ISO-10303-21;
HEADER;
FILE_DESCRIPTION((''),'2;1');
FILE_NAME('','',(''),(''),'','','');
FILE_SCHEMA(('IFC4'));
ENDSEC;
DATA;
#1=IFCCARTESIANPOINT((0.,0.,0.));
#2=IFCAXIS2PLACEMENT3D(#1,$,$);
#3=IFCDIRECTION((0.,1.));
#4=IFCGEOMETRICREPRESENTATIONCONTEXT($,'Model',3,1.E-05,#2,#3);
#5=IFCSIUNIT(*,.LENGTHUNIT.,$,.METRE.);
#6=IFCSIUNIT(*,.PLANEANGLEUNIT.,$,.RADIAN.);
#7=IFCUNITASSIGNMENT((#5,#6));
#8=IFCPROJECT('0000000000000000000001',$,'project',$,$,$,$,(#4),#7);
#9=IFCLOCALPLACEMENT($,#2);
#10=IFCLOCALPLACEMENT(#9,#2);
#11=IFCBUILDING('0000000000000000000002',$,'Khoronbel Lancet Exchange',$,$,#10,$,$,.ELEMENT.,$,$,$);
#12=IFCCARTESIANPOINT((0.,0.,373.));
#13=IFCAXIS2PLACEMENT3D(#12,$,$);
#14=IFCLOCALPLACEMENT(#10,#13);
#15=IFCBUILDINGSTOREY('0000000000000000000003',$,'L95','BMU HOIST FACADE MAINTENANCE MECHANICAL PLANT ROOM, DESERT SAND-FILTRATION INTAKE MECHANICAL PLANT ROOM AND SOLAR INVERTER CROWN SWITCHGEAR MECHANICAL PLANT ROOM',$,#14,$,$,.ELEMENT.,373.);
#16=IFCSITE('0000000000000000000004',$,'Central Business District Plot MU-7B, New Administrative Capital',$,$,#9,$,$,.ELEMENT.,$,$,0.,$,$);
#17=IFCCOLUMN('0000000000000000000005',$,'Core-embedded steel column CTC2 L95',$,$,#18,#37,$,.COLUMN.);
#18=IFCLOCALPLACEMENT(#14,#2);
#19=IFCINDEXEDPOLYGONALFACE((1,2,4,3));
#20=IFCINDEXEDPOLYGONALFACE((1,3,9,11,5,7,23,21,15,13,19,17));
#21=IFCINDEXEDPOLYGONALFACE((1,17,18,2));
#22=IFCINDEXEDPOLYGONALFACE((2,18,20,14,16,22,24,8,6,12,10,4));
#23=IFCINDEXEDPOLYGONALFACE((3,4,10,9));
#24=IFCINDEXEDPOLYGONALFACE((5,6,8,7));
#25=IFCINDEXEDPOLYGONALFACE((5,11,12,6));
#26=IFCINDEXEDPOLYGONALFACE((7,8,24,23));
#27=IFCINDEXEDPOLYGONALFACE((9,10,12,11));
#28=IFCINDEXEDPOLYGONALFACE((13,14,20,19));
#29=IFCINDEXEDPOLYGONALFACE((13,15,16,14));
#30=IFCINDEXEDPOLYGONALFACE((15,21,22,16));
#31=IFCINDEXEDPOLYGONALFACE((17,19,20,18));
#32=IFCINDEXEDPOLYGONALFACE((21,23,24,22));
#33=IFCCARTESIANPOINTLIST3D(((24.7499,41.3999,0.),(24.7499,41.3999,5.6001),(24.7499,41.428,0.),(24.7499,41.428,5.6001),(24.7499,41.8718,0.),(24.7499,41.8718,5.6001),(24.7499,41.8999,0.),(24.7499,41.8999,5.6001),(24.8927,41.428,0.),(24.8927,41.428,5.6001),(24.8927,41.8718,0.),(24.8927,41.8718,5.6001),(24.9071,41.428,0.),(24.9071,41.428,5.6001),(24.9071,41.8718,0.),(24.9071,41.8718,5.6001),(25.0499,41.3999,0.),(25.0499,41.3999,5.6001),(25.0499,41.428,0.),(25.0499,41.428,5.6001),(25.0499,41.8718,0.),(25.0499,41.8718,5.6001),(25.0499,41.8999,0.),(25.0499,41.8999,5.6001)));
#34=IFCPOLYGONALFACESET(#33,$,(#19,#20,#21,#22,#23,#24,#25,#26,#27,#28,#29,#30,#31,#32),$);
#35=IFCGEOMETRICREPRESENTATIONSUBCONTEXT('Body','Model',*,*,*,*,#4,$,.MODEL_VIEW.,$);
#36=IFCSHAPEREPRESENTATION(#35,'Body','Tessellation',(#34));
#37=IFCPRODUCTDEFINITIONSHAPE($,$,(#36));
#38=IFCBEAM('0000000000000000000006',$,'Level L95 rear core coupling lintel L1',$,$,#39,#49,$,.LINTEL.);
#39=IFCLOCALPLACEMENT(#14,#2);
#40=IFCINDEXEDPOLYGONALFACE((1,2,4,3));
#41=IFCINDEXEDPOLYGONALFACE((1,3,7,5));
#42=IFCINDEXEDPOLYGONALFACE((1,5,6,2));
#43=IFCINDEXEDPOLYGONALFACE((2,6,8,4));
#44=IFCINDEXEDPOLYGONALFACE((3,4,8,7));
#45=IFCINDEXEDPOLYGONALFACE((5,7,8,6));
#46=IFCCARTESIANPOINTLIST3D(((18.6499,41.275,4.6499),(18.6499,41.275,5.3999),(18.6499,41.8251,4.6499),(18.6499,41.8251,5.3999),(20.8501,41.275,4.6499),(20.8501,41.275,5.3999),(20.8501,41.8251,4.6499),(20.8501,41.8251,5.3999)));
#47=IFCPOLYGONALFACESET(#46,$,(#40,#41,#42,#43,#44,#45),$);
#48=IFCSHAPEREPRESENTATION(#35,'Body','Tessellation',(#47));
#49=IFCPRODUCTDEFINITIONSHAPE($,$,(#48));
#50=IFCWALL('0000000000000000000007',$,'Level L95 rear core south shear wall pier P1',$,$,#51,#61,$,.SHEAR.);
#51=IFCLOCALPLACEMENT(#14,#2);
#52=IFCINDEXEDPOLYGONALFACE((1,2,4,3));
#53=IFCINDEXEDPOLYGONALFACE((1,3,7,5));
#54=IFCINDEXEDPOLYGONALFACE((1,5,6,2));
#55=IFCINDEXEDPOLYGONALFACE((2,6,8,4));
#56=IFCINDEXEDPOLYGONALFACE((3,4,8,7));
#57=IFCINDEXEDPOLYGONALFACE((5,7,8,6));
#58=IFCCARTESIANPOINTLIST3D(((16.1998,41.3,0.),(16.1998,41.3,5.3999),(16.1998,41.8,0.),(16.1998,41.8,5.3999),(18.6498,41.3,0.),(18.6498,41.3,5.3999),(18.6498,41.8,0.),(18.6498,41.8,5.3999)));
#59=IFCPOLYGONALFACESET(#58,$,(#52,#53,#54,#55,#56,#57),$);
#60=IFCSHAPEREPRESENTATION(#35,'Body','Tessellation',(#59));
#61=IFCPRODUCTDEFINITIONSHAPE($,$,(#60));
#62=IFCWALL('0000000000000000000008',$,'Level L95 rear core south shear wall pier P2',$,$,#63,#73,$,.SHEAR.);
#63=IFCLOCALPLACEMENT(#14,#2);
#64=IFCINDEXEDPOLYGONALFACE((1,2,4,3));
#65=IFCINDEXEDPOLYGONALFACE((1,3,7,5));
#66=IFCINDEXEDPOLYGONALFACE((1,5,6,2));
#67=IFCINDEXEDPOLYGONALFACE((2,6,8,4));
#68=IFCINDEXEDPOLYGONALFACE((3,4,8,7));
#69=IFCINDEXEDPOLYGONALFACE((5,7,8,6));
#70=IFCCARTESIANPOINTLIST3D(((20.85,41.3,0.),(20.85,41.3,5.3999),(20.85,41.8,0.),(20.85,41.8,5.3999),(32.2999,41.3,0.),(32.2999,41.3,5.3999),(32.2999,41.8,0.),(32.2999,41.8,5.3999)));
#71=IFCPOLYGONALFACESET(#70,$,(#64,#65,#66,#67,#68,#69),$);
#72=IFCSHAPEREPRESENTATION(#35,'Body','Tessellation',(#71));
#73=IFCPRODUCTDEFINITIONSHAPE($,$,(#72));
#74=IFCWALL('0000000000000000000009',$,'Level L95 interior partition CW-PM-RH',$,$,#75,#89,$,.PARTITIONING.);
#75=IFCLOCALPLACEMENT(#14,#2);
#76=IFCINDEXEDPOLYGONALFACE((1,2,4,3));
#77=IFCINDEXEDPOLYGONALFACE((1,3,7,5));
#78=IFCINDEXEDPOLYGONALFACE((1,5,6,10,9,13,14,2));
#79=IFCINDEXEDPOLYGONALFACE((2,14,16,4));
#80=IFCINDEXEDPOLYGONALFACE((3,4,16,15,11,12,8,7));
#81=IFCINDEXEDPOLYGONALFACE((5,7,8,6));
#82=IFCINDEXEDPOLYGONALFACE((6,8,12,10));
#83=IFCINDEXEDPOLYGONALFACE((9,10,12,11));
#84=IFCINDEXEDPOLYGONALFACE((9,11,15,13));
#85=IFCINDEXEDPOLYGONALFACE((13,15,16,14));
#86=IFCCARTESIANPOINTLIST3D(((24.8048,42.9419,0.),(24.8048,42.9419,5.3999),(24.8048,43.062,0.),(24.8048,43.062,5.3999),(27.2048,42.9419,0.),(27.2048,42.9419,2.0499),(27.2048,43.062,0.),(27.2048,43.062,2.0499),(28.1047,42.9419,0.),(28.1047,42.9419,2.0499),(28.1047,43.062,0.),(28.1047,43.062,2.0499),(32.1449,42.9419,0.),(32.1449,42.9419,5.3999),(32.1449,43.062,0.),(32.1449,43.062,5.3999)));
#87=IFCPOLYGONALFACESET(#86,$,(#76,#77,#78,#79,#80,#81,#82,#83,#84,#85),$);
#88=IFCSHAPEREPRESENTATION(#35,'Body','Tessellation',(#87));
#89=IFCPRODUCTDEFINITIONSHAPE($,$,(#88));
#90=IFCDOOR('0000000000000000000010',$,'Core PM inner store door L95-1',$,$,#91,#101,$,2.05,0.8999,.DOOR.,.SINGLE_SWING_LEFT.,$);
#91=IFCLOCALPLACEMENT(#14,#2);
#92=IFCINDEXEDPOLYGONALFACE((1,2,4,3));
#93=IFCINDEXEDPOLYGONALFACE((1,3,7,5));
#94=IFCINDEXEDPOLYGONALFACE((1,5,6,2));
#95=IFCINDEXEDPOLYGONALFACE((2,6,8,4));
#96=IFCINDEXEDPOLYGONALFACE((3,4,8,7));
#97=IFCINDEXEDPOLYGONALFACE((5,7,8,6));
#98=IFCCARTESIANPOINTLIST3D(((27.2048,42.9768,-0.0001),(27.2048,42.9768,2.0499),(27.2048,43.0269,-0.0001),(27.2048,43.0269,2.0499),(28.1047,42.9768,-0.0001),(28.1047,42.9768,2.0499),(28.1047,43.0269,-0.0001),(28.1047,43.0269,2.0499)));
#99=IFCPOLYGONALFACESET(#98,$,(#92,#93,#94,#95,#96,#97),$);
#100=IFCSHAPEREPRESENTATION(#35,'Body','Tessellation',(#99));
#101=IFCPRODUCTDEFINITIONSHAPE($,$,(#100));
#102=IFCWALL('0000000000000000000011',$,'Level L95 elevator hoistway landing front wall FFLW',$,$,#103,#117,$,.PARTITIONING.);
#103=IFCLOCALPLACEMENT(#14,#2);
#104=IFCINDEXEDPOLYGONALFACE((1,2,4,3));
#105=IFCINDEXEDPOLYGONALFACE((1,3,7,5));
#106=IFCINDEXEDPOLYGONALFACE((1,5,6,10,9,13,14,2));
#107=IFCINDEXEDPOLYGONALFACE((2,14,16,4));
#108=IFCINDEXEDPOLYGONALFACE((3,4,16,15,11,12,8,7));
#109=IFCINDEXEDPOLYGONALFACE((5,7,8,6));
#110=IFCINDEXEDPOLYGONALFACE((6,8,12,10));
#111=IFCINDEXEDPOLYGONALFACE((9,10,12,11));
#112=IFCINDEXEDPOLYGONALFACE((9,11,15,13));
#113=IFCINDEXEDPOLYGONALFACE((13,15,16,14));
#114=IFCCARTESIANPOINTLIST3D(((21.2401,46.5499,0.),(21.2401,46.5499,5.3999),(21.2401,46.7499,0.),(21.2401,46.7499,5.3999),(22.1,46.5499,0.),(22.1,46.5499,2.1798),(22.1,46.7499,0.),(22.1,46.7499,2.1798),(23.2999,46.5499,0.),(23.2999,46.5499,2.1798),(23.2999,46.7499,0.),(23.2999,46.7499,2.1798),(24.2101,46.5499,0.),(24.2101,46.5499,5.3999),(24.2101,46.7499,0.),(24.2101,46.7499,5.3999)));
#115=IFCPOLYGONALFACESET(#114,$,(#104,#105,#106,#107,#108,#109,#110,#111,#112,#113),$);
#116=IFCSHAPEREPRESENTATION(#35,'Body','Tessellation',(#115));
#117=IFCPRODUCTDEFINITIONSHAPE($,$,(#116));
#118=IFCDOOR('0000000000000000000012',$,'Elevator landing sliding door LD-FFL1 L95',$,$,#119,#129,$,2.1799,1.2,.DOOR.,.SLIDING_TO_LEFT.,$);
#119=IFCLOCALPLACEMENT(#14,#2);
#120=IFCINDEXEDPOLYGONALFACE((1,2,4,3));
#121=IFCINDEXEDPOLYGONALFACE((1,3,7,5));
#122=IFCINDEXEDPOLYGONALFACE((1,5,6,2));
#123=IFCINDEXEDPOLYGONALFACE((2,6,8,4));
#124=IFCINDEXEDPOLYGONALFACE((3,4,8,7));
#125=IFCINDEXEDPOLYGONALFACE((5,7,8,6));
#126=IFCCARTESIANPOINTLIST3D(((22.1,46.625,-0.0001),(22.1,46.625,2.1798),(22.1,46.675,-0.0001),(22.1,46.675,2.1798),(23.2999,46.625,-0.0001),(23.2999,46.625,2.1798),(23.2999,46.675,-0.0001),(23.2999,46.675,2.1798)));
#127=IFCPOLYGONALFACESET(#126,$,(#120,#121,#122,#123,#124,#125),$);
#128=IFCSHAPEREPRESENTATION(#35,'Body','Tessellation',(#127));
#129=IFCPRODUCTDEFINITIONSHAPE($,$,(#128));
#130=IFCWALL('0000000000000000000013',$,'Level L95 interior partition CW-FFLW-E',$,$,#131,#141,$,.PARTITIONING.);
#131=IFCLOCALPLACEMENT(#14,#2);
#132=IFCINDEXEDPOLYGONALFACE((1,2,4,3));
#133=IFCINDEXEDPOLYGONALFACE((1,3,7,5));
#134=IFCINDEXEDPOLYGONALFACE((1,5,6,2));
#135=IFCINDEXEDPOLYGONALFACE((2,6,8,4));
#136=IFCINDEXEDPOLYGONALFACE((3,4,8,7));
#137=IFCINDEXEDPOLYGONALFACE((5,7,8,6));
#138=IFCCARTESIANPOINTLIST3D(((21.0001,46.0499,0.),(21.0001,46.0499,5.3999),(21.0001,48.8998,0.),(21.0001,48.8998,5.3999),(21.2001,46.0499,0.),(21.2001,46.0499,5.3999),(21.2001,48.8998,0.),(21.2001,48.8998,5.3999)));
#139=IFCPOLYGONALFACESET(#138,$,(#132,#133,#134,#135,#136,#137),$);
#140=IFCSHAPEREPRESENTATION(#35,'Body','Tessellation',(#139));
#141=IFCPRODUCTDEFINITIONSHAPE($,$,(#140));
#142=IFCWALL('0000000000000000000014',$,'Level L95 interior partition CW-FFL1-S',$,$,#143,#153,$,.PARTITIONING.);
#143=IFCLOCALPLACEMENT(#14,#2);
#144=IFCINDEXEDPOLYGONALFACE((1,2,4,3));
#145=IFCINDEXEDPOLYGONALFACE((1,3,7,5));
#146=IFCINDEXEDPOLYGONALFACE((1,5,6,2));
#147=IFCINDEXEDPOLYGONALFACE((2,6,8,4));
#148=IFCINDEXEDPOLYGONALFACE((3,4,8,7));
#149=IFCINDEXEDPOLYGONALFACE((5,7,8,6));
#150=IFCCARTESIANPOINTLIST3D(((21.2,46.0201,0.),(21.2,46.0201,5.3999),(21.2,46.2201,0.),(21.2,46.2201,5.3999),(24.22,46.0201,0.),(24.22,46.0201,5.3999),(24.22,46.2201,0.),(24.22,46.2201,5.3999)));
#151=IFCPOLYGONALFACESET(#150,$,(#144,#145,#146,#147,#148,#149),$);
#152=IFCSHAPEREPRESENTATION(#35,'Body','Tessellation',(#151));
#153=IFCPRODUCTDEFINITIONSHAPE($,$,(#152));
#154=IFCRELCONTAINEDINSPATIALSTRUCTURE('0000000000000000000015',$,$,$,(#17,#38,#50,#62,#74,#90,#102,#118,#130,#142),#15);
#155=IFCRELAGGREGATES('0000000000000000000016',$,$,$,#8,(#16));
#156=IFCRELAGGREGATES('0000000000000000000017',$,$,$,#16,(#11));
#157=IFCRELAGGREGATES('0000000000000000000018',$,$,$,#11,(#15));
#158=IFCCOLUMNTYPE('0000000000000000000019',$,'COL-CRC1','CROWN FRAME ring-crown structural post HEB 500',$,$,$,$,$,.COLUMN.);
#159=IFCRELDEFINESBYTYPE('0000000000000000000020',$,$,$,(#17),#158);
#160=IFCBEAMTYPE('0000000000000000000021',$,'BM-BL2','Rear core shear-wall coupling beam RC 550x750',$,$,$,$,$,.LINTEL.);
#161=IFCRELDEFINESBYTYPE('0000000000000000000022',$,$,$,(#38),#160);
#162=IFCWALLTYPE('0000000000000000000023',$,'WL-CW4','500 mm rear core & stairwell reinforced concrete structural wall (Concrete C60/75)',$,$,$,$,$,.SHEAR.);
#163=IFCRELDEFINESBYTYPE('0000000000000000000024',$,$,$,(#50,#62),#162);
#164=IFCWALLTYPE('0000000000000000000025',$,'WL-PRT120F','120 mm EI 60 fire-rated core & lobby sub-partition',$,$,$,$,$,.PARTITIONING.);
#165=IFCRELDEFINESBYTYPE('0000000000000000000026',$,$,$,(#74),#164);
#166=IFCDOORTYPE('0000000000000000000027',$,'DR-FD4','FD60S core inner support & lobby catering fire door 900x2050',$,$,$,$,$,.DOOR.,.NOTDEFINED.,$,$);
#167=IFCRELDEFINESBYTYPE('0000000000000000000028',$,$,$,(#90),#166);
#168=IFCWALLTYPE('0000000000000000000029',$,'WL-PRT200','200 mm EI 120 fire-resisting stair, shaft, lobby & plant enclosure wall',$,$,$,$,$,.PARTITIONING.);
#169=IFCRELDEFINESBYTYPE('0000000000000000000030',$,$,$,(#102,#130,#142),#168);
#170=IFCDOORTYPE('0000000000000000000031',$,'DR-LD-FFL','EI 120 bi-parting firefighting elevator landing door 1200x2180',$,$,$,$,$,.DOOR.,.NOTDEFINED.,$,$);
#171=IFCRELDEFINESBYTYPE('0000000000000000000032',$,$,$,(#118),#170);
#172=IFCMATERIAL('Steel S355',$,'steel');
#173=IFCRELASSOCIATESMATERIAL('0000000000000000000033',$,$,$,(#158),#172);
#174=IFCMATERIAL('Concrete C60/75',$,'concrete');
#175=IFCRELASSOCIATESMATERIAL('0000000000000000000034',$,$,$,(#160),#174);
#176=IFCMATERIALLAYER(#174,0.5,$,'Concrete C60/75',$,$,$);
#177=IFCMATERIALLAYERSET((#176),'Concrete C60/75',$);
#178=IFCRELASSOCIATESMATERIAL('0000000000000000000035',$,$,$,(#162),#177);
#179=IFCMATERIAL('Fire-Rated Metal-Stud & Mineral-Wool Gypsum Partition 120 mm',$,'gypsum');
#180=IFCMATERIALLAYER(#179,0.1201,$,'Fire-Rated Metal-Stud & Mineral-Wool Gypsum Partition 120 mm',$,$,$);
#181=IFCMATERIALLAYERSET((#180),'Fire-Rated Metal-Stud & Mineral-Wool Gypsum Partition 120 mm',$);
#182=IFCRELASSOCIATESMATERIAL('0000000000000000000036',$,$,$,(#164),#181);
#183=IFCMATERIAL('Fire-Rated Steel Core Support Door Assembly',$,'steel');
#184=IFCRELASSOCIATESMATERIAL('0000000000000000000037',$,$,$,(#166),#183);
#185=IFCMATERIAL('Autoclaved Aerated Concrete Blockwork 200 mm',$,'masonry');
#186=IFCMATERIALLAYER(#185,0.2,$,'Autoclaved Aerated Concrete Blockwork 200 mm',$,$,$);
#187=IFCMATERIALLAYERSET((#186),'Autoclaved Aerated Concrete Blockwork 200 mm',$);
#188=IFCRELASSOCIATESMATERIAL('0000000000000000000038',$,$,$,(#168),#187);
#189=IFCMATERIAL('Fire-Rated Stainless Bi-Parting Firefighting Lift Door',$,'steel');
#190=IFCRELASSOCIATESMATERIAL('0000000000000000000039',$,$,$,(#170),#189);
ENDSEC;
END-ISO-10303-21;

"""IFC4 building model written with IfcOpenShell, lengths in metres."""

from ifc_helpers import new_model, si_unit, direction, frame, frame_2d, origin, origin_2d, place, context, subcontext, project, spatial, rectangle, i_section, extrude, material, layer, layer_set, material_profile, profile_set, type_object, element, fill, save


model = new_model("IFC4")

# Units and contexts
model_context = context("Model", 3, precision=1e-05, world=origin(), true_north=direction((0.0, 1.0)))
body_context = subcontext(model_context, "Body", "Model", "MODEL_VIEW")
ifc_project = project(units=[si_unit("LENGTHUNIT", "METRE"), si_unit("PLANEANGLEUNIT", "RADIAN")], contexts=[model_context])

# Site, building, storey
site_placement = place(None, origin())
site = spatial("IfcSite", under=ifc_project, at=site_placement, Name="Central Business District Plot MU-7B, New Administrative Capital", CompositionType="ELEMENT", RefElevation=0.0)
building_placement = place(site_placement, origin())
building = spatial("IfcBuilding", under=site, at=building_placement, Name="Khoronbel Lancet Exchange", CompositionType="ELEMENT")
storey_placement = place(building_placement, frame((0.0, 0.0, 373.0)))
storey = spatial("IfcBuildingStorey", under=building, at=storey_placement, Name="L95", Description="BMU HOIST FACADE MAINTENANCE MECHANICAL PLANT ROOM, DESERT SAND-FILTRATION INTAKE MECHANICAL PLANT ROOM AND SOLAR INVERTER CROWN SWITCHGEAR MECHANICAL PLANT ROOM", CompositionType="ELEMENT", Elevation=373.0)

# Column
ifc_material_1 = material(Name="Steel S355", Category="steel")
ifc_material_profile_1 = material_profile(ifc_material_1, i_section(OverallWidth=0.3, OverallDepth=0.5, WebThickness=0.0144, FlangeThickness=0.0281, at=origin_2d()), Name="HEB 500")
ifc_profile_set_1 = profile_set([ifc_material_profile_1], Name="Steel S355")
column_type = type_object("IfcColumnType", Name="COL-CRC1", Description="CROWN FRAME ring-crown structural post HEB 500", PredefinedType="COLUMN", material=ifc_profile_set_1)
column_placement = place(storey_placement, frame((24.8999, 41.6499, 0.0), z_axis=(0.0, 0.0, 1.0), x_axis=(1.0, 0.0, 0.0)))
element("IfcColumn", 1, at=column_placement, inside=storey, type_object=column_type, Name="Core-embedded steel column CTC2 L95", PredefinedType="COLUMN", context=body_context, shape_type="SweptSolid", body=[
    extrude(i_section(OverallWidth=0.3, OverallDepth=0.5, WebThickness=0.0144, FlangeThickness=0.0281, at=origin_2d()), origin(), (0.0, 0.0, 1.0), 5.6001),
])

# Beam
ifc_material_2 = material(Name="Concrete C60/75", Category="concrete")
ifc_material_profile_2 = material_profile(ifc_material_2, rectangle(XDim=0.55, YDim=0.75, at=origin_2d()), Name="RC 550x750")
ifc_profile_set_2 = profile_set([ifc_material_profile_2], Name="Concrete C60/75")
beam_type = type_object("IfcBeamType", Name="BM-BL2", Description="Rear core shear-wall coupling beam RC 550x750", PredefinedType="LINTEL", material=ifc_profile_set_2)
beam_placement = place(storey_placement, frame((18.6499, 41.55, 5.0249), z_axis=(1.0, 0.0, 0.0), x_axis=(0.0, 1.0, 0.0)))
element("IfcBeam", 2, at=beam_placement, inside=storey, type_object=beam_type, Name="Level L95 rear core coupling lintel L1", PredefinedType="LINTEL", context=body_context, shape_type="SweptSolid", body=[
    extrude(rectangle(XDim=0.55, YDim=0.75, at=origin_2d()), origin(), (0.0, 0.0, 1.0), 2.2002),
])

# Walls
ifc_layer_1 = layer(ifc_material_2, 0.5, Name="Concrete C60/75")
ifc_layer_set_1 = layer_set([ifc_layer_1], Name="Concrete C60/75")
wall_type_1 = type_object("IfcWallType", Name="WL-CW4", Description="500 mm rear core & stairwell reinforced concrete structural wall (Concrete C60/75)", PredefinedType="SHEAR", material=ifc_layer_set_1)
wall_1_placement = place(storey_placement, frame((18.6499, 41.55, 0.0), z_axis=(0.0, 0.0, 1.0), x_axis=(-1.0, 0.0, 0.0)))
element("IfcWall", 3, at=wall_1_placement, inside=storey, type_object=wall_type_1, Name="Level L95 rear core south shear wall pier P1", PredefinedType="SHEAR", context=body_context, shape_type="SweptSolid", body=[
    extrude(rectangle(XDim=2.45, YDim=0.5, at=frame_2d((1.2251, 0.0))), origin(), (0.0, 0.0, 1.0), 5.3999),
])
wall_2_placement = place(storey_placement, frame((32.3, 41.55, 0.0), z_axis=(0.0, 0.0, 1.0), x_axis=(-1.0, 0.0, 0.0)))
element("IfcWall", 4, at=wall_2_placement, inside=storey, type_object=wall_type_1, Name="Level L95 rear core south shear wall pier P2", PredefinedType="SHEAR", context=body_context, shape_type="SweptSolid", body=[
    extrude(rectangle(XDim=11.45, YDim=0.5, at=frame_2d((5.7251, 0.0))), origin(), (0.0, 0.0, 1.0), 5.3999),
])

# Walls, openings, doors
ifc_material_3 = material(Name="Fire-Rated Metal-Stud & Mineral-Wool Gypsum Partition 120 mm", Category="gypsum")
ifc_layer_2 = layer(ifc_material_3, 0.1201, Name="Fire-Rated Metal-Stud & Mineral-Wool Gypsum Partition 120 mm")
ifc_layer_set_2 = layer_set([ifc_layer_2], Name="Fire-Rated Metal-Stud & Mineral-Wool Gypsum Partition 120 mm")
wall_type_2 = type_object("IfcWallType", Name="WL-PRT120F", Description="120 mm EI 60 fire-rated core & lobby sub-partition", PredefinedType="PARTITIONING", material=ifc_layer_set_2)
wall_3_placement = place(storey_placement, frame((24.8049, 43.002, 0.0), z_axis=(0.0, 0.0, 1.0), x_axis=(1.0, 0.0, 0.0)))
wall_3 = element("IfcWall", 5, at=wall_3_placement, inside=storey, type_object=wall_type_2, Name="Level L95 interior partition CW-PM-RH", PredefinedType="PARTITIONING", context=body_context, shape_type="SweptSolid", body=[
    extrude(rectangle(XDim=7.3401, YDim=0.1201, at=frame_2d((3.6699, 0.0))), origin(), (0.0, 0.0, 1.0), 5.3999),
])
opening_1_placement = place(wall_3_placement, frame((2.3999, 0.0, 0.0)))
opening_1 = element("IfcOpeningElement", 6, at=opening_1_placement, cuts=wall_3, PredefinedType="OPENING", context=body_context, shape_type="SweptSolid", body=[
    extrude(rectangle(XDim=0.8999, YDim=2.05, at=frame_2d((0.45, 1.0249))), frame((0.0, 0.0701, 0.0), z_axis=(0.0, -1.0, 0.0), x_axis=(1.0, 0.0, 0.0)), (0.0, 0.0, 1.0), 0.1401),
])
ifc_material_4 = material(Name="Fire-Rated Steel Core Support Door Assembly", Category="steel")
door_type_1 = type_object("IfcDoorType", Name="DR-FD4", Description="FD60S core inner support & lobby catering fire door 900x2050", OperationType="NOTDEFINED", PredefinedType="DOOR", material=ifc_material_4)
door_1_placement = place(opening_1_placement, origin())
door_1 = element("IfcDoor", 7, at=door_1_placement, inside=storey, type_object=door_type_1, Name="Core PM inner store door L95-1", OperationType="SINGLE_SWING_LEFT", OverallHeight=2.05, OverallWidth=0.8999, PredefinedType="DOOR", context=body_context, shape_type="SweptSolid", body=[
    extrude(rectangle(XDim=0.8999, YDim=2.05, at=frame_2d((0.45, 1.0249))), frame((0.0, 0.0249, 0.0), z_axis=(0.0, -1.0, 0.0), x_axis=(1.0, 0.0, 0.0)), (0.0, 0.0, 1.0), 0.05),
])
fill(opening_1, door_1)
ifc_material_5 = material(Name="Autoclaved Aerated Concrete Blockwork 200 mm", Category="masonry")
ifc_layer_3 = layer(ifc_material_5, 0.2, Name="Autoclaved Aerated Concrete Blockwork 200 mm")
ifc_layer_set_3 = layer_set([ifc_layer_3], Name="Autoclaved Aerated Concrete Blockwork 200 mm")
wall_type_3 = type_object("IfcWallType", Name="WL-PRT200", Description="200 mm EI 120 fire-resisting stair, shaft, lobby & plant enclosure wall", PredefinedType="PARTITIONING", material=ifc_layer_set_3)
wall_4_placement = place(storey_placement, frame((24.21, 46.6499, 0.0), z_axis=(0.0, 0.0, 1.0), x_axis=(-1.0, 0.0, 0.0)))
wall_4 = element("IfcWall", 8, at=wall_4_placement, inside=storey, type_object=wall_type_3, Name="Level L95 elevator hoistway landing front wall FFLW", PredefinedType="PARTITIONING", context=body_context, shape_type="SweptSolid", body=[
    extrude(rectangle(XDim=2.97, YDim=0.2, at=frame_2d((1.4849, 0.0))), origin(), (0.0, 0.0, 1.0), 5.3999),
])
opening_2_placement = place(wall_4_placement, frame((0.9099, 0.0, 0.0)))
opening_2 = element("IfcOpeningElement", 9, at=opening_2_placement, cuts=wall_4, PredefinedType="OPENING", context=body_context, shape_type="SweptSolid", body=[
    extrude(rectangle(XDim=1.2, YDim=2.1799, at=frame_2d((0.6001, 1.0898))), frame((0.0, 0.1099, 0.0), z_axis=(0.0, -1.0, 0.0), x_axis=(1.0, 0.0, 0.0)), (0.0, 0.0, 1.0), 0.22),
])
ifc_material_6 = material(Name="Fire-Rated Stainless Bi-Parting Firefighting Lift Door", Category="steel")
door_type_2 = type_object("IfcDoorType", Name="DR-LD-FFL", Description="EI 120 bi-parting firefighting elevator landing door 1200x2180", OperationType="NOTDEFINED", PredefinedType="DOOR", material=ifc_material_6)
door_2_placement = place(opening_2_placement, origin())
door_2 = element("IfcDoor", 10, at=door_2_placement, inside=storey, type_object=door_type_2, Name="Elevator landing sliding door LD-FFL1 L95", OperationType="SLIDING_TO_LEFT", OverallHeight=2.1799, OverallWidth=1.2, PredefinedType="DOOR", context=body_context, shape_type="SweptSolid", body=[
    extrude(rectangle(XDim=1.2, YDim=2.1799, at=frame_2d((0.6001, 1.0898))), frame((0.0, 0.0249, 0.0), z_axis=(0.0, -1.0, 0.0), x_axis=(1.0, 0.0, 0.0)), (0.0, 0.0, 1.0), 0.05),
])
fill(opening_2, door_2)

# Walls
wall_5_placement = place(storey_placement, frame((21.1001, 46.05, 0.0), z_axis=(0.0, 0.0, 1.0), x_axis=(0.0, 1.0, 0.0)))
element("IfcWall", 11, at=wall_5_placement, inside=storey, type_object=wall_type_3, Name="Level L95 interior partition CW-FFLW-E", PredefinedType="PARTITIONING", context=body_context, shape_type="SweptSolid", body=[
    extrude(rectangle(XDim=2.8499, YDim=0.2, at=frame_2d((1.4248, 0.0))), origin(), (0.0, 0.0, 1.0), 5.3999),
])
wall_6_placement = place(storey_placement, frame((21.2, 46.1201, 0.0), z_axis=(0.0, 0.0, 1.0), x_axis=(1.0, 0.0, 0.0)))
element("IfcWall", 12, at=wall_6_placement, inside=storey, type_object=wall_type_3, Name="Level L95 interior partition CW-FFL1-S", PredefinedType="PARTITIONING", context=body_context, shape_type="SweptSolid", body=[
    extrude(rectangle(XDim=3.02, YDim=0.2, at=frame_2d((1.51, 0.0))), origin(), (0.0, 0.0, 1.0), 5.3999),
])

save(model, "model.ifc")
